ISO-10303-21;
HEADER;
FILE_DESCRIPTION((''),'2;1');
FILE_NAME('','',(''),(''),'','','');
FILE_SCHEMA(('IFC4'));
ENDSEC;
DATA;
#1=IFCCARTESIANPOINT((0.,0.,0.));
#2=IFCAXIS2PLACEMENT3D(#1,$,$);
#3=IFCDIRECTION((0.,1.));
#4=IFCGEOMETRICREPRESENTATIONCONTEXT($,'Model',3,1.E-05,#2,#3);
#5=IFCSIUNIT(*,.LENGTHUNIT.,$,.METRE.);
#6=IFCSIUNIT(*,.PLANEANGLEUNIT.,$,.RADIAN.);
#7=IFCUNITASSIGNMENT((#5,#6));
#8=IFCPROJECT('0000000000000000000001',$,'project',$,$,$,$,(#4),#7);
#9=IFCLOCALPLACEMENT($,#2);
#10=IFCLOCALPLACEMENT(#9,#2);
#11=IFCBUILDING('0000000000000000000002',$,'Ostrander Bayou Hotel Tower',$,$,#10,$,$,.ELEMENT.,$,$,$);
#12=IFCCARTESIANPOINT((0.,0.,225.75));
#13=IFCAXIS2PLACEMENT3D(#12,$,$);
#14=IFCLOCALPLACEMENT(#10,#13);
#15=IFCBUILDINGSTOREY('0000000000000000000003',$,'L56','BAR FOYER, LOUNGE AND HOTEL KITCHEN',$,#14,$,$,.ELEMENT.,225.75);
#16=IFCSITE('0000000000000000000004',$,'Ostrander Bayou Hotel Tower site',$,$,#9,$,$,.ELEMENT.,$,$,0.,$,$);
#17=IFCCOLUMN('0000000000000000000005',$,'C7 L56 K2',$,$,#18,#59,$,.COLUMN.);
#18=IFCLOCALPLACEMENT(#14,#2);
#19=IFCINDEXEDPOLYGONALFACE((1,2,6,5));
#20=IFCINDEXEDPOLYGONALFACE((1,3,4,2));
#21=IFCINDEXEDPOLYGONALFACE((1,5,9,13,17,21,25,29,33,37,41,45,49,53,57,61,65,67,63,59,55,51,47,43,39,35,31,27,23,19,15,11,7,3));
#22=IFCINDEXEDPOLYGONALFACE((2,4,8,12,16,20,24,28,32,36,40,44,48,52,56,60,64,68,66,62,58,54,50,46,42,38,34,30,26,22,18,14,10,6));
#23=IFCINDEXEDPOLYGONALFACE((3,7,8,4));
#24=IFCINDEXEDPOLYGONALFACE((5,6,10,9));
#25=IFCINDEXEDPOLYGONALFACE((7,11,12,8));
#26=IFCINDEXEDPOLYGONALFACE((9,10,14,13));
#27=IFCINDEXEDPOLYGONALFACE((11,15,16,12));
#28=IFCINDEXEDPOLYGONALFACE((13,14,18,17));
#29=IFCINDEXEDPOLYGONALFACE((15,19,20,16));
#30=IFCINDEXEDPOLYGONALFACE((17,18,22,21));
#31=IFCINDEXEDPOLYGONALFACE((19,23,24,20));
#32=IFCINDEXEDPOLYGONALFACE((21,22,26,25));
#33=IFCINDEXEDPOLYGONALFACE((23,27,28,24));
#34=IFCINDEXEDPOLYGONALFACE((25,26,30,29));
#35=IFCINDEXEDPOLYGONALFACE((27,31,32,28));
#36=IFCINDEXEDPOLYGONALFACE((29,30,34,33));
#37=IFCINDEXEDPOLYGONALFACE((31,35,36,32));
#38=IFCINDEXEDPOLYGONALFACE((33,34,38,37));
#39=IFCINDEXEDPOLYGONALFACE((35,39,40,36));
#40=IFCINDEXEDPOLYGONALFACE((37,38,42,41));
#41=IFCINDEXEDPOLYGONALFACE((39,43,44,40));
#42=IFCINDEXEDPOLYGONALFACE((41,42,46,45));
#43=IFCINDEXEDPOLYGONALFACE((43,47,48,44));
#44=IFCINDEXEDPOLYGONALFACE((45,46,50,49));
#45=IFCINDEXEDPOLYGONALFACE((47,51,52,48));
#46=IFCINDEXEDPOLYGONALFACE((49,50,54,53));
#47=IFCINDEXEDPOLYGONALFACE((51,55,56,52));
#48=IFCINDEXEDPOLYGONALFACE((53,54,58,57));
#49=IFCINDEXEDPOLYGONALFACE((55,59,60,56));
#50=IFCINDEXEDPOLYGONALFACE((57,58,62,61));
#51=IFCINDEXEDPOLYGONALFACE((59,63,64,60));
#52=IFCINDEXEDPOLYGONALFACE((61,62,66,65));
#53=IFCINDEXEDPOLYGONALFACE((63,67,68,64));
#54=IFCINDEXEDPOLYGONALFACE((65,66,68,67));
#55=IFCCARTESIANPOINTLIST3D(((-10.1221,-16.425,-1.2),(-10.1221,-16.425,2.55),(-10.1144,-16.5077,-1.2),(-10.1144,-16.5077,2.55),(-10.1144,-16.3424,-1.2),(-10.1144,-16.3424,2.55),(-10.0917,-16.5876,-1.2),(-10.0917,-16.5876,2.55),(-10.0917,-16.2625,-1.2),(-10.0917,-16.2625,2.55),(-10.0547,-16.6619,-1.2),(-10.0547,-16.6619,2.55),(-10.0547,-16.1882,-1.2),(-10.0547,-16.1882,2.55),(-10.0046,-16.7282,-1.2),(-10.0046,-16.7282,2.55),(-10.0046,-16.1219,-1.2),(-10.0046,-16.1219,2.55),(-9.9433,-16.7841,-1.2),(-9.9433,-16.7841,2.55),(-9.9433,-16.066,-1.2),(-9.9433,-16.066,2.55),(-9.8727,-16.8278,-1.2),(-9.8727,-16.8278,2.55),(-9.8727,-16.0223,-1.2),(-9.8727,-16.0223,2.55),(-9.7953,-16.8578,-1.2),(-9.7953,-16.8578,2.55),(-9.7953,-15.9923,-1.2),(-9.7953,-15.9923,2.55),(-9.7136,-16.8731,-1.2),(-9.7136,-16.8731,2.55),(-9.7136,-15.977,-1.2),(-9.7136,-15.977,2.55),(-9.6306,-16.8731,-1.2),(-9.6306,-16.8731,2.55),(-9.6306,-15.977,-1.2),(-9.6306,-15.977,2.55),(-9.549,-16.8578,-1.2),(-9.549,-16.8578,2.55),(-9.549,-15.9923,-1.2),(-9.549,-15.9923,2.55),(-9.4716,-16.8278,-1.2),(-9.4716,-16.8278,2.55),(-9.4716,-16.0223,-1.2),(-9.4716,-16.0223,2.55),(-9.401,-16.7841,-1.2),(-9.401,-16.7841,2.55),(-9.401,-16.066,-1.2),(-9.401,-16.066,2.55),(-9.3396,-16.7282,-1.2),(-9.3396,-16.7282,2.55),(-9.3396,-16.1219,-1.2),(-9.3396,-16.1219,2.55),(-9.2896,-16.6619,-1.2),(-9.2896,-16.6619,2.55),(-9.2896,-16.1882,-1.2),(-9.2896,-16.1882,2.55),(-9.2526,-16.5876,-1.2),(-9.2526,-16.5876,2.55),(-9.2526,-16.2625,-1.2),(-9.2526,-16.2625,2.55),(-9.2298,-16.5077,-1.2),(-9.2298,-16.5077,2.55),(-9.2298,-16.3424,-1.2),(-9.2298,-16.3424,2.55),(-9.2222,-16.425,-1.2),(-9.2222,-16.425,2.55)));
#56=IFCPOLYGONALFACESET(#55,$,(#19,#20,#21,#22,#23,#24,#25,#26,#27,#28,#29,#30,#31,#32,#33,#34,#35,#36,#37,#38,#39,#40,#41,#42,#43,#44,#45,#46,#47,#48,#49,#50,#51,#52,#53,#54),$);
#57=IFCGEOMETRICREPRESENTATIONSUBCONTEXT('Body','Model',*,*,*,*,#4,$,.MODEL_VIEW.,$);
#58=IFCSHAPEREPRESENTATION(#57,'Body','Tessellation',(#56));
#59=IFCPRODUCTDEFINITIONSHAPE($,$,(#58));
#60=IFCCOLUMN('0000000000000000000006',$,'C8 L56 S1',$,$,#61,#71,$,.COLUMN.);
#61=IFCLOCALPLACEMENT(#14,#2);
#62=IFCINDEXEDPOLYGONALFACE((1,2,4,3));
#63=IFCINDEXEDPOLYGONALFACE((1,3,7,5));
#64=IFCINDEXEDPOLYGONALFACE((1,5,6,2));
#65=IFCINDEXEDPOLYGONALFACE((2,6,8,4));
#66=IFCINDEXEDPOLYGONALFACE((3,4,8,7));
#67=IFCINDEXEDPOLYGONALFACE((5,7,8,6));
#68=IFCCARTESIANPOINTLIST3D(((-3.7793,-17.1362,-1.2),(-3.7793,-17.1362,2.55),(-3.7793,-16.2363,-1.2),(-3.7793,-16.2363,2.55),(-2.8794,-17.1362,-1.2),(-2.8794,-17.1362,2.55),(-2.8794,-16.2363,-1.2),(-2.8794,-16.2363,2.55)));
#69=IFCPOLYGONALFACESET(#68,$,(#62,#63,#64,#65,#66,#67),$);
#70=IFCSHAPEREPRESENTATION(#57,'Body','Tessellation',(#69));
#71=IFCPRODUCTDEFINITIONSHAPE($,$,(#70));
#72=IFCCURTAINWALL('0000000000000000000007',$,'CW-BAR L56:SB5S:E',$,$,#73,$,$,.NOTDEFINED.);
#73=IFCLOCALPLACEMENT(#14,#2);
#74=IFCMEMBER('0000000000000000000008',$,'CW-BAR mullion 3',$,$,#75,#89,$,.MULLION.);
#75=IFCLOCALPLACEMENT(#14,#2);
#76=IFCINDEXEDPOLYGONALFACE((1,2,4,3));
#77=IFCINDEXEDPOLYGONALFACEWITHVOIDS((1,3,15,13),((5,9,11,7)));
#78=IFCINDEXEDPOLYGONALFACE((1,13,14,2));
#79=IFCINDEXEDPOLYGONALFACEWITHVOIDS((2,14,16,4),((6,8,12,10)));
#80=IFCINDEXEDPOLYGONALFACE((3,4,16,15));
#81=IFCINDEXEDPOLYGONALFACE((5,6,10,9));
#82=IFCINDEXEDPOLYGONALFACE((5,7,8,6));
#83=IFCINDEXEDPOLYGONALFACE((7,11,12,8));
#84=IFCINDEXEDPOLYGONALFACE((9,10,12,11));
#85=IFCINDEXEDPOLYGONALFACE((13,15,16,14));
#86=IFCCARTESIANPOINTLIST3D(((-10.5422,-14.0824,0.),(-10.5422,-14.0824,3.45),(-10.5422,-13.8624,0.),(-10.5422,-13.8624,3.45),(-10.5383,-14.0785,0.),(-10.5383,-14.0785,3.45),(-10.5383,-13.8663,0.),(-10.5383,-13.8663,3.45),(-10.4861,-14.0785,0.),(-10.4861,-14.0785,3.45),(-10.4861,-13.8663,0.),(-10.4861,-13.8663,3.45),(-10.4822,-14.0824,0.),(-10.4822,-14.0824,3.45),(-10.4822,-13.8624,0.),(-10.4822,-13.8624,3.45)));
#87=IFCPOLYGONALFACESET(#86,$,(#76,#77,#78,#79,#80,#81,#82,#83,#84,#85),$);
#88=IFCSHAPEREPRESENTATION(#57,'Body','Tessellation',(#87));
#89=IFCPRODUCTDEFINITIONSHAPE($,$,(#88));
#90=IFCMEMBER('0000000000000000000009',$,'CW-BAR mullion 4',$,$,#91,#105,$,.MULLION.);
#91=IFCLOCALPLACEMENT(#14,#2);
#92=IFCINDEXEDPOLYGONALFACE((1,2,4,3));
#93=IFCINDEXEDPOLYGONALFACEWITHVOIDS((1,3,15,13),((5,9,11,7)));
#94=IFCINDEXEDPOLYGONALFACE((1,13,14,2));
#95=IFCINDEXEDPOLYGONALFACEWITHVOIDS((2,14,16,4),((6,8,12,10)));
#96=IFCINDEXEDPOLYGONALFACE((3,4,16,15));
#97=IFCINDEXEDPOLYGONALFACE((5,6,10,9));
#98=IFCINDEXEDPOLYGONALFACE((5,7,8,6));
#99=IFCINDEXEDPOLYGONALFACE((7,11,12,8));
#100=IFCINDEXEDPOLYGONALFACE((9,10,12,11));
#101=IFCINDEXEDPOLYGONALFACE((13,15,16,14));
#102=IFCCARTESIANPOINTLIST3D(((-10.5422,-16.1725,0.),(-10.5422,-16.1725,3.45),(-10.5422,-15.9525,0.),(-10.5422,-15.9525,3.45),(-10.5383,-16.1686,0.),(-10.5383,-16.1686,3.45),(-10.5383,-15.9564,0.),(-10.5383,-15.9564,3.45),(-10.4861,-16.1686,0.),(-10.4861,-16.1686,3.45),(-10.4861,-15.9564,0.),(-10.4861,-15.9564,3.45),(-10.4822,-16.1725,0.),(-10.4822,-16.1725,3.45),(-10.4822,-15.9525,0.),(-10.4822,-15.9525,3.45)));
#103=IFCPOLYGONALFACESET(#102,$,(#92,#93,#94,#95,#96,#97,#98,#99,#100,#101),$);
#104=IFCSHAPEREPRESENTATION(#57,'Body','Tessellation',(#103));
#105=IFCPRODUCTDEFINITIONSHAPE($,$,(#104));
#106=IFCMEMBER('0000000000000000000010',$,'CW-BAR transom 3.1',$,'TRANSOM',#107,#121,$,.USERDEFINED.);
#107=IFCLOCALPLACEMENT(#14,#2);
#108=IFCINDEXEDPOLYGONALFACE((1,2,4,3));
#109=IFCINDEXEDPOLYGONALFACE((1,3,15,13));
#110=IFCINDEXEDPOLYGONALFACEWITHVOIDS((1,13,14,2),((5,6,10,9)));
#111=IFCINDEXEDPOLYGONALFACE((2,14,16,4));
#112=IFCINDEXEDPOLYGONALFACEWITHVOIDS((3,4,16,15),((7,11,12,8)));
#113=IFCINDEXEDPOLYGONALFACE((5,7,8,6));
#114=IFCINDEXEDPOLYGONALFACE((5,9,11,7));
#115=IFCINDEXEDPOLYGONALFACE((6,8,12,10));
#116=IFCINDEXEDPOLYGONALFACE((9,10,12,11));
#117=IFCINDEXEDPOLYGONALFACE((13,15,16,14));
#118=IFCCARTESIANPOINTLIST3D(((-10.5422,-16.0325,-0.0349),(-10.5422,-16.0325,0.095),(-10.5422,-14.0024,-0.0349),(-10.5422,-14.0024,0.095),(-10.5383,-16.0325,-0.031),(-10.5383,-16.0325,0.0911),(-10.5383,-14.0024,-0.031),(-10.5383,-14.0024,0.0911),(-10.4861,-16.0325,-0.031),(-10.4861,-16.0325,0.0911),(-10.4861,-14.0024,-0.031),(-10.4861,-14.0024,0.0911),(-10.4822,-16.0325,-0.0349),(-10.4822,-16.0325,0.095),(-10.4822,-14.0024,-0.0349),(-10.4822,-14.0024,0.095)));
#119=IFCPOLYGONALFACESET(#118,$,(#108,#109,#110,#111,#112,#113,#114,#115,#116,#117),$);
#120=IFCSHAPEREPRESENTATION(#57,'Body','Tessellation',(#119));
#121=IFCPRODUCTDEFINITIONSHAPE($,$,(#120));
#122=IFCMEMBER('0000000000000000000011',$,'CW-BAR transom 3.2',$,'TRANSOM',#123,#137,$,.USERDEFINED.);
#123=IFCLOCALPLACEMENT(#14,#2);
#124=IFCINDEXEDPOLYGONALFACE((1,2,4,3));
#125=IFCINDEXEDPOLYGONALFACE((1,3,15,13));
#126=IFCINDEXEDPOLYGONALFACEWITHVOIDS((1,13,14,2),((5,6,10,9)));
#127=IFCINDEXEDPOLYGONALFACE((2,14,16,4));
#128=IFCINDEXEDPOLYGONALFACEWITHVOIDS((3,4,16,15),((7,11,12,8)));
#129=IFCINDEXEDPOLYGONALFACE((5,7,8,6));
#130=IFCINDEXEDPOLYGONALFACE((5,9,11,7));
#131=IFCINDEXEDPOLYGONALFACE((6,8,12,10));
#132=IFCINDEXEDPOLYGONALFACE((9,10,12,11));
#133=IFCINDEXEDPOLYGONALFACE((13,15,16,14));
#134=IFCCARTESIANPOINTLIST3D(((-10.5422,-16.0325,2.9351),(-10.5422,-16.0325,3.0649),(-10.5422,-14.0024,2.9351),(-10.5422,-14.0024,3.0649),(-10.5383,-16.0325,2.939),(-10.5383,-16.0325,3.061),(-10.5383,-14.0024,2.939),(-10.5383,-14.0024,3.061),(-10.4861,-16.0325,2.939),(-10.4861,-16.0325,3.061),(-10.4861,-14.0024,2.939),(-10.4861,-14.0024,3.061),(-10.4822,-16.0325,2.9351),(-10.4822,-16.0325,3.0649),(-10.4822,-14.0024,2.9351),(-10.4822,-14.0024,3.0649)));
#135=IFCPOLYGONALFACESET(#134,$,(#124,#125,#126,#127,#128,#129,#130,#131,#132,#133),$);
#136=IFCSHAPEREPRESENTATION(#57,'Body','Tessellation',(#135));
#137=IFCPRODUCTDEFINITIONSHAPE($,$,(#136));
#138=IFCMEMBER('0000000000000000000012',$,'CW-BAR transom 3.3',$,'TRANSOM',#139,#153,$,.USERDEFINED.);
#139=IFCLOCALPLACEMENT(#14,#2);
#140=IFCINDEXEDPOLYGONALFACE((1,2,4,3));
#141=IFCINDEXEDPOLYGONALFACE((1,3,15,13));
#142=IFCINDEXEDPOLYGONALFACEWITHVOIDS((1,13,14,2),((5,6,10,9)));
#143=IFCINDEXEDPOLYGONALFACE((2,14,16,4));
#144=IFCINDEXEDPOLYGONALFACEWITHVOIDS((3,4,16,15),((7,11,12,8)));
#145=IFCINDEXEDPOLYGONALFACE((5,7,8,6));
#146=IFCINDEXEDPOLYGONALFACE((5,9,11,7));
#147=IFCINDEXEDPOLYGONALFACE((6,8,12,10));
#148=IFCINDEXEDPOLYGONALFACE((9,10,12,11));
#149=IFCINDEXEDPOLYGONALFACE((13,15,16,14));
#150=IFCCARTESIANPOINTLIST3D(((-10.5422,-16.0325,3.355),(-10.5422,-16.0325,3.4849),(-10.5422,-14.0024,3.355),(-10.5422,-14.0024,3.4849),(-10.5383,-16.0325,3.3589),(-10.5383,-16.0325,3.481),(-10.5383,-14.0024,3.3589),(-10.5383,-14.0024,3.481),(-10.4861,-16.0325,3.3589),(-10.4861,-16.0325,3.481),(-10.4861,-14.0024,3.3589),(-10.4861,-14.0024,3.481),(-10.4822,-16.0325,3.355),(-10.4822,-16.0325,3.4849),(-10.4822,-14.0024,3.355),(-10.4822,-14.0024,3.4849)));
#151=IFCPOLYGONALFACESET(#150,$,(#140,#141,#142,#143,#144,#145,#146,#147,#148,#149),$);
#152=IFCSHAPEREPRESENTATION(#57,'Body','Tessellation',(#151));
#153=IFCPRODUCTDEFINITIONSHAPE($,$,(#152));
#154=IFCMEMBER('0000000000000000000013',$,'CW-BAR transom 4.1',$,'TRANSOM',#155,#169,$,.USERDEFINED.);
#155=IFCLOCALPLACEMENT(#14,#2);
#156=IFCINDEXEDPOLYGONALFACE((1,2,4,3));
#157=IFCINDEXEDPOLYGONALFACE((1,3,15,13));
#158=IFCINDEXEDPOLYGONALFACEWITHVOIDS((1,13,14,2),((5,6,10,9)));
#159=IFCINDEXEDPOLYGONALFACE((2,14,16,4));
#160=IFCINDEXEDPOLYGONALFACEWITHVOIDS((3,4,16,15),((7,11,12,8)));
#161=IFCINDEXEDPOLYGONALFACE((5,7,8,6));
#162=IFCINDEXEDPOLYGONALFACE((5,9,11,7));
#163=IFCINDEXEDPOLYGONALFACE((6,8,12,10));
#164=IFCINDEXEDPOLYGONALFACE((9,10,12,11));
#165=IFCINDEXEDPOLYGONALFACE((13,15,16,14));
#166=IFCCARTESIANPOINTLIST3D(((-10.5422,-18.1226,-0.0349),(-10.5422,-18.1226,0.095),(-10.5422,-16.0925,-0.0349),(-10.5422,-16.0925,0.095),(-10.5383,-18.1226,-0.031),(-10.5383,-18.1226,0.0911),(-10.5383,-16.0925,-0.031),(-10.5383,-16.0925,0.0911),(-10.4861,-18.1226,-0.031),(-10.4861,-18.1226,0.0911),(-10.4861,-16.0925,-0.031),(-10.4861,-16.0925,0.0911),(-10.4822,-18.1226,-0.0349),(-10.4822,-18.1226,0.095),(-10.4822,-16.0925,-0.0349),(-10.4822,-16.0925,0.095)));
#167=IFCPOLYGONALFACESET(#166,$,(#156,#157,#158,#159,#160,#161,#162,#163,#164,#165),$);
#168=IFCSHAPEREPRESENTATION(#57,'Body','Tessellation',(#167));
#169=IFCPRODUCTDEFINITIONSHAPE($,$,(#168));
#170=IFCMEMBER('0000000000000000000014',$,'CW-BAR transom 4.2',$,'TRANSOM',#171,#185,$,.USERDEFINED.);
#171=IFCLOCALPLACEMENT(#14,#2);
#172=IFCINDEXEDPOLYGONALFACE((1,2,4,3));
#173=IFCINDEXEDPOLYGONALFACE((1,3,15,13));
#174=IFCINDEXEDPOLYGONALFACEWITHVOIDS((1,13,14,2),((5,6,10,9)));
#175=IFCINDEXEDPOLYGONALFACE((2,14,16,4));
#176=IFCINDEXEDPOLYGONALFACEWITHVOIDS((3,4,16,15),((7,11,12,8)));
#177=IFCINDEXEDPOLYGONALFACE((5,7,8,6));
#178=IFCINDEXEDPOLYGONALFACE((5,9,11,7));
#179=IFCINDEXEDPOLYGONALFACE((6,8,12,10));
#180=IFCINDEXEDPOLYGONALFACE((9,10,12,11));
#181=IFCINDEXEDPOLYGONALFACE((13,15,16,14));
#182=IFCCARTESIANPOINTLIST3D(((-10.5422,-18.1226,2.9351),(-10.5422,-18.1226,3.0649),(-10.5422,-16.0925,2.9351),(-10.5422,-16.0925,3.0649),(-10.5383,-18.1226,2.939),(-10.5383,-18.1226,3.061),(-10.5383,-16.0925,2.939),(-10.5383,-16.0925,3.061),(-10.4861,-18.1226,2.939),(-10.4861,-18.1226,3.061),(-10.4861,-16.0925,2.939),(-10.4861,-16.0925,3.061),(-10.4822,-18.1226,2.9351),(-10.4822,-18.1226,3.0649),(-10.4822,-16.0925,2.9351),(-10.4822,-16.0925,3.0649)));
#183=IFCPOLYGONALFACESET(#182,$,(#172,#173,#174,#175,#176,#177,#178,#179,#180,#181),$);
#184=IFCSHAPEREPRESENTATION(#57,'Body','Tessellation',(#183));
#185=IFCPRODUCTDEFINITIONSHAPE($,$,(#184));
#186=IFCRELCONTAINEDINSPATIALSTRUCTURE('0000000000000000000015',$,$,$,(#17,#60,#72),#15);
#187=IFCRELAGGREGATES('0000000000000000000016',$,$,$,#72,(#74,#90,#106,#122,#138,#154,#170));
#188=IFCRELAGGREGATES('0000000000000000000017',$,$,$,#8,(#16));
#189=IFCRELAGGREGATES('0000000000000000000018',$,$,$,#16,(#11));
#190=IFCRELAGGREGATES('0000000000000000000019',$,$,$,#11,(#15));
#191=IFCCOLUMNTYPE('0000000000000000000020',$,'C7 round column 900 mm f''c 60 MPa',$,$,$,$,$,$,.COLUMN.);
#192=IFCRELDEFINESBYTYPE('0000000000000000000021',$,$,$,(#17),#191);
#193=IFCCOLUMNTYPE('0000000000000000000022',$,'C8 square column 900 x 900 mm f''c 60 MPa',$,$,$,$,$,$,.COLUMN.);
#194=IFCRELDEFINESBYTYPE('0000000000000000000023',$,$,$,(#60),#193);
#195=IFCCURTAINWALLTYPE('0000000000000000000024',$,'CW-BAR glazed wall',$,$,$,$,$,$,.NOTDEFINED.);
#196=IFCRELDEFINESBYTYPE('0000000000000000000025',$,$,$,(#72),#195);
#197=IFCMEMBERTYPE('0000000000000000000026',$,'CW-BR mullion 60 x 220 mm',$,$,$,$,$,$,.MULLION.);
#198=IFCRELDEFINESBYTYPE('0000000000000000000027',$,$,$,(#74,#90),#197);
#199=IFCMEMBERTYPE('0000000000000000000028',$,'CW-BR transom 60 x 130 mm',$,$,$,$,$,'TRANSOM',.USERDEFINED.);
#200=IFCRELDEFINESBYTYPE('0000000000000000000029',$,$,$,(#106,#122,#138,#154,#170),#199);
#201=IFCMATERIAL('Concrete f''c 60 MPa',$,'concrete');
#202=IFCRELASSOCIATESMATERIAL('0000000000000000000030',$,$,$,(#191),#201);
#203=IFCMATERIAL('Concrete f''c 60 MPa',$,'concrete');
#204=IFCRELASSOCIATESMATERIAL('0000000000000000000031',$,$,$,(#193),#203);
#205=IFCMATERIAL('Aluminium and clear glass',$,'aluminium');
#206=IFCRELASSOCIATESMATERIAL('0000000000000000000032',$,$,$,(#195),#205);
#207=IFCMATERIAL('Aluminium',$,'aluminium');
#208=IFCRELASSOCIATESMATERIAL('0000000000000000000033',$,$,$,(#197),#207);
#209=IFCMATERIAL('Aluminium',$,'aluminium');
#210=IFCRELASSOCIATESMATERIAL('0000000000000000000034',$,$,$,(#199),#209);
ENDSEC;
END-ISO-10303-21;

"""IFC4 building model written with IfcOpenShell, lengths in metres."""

from ifc_helpers import new_model, si_unit, direction, frame, origin, origin_2d, place, context, subcontext, project, spatial, rectangle, hollow_rectangle, circle, extrude, material, material_profile, profile_set, type_object, element, aggregate, save


model = new_model("IFC4")

# Units and contexts
model_context = context("Model", 3, precision=1e-05, world=origin(), true_north=direction((0.0, 1.0)))
body_context = subcontext(model_context, "Body", "Model", "MODEL_VIEW")
ifc_project = project(units=[si_unit("LENGTHUNIT", "METRE"), si_unit("PLANEANGLEUNIT", "RADIAN")], contexts=[model_context])

# Site, building, storey
site_placement = place(None, origin())
site = spatial("IfcSite", under=ifc_project, at=site_placement, Name="Ostrander Bayou Hotel Tower site", CompositionType="ELEMENT", RefElevation=0.0)
building_placement = place(site_placement, origin())
building = spatial("IfcBuilding", under=site, at=building_placement, Name="Ostrander Bayou Hotel Tower", CompositionType="ELEMENT")
storey_placement = place(building_placement, frame((0.0, 0.0, 225.75)))
storey = spatial("IfcBuildingStorey", under=building, at=storey_placement, Name="L56", Description="BAR FOYER, LOUNGE AND HOTEL KITCHEN", CompositionType="ELEMENT", Elevation=225.75)

# Columns
ifc_material_1 = material(Name="Concrete f'c 60 MPa", Category="concrete")
ifc_material_profile_1 = material_profile(ifc_material_1, circle(Radius=0.45, at=origin_2d()))
ifc_profile_set_1 = profile_set([ifc_material_profile_1], Name="Concrete f'c 60 MPa")
column_type_1 = type_object("IfcColumnType", Name="C7 round column 900 mm f'c 60 MPa", PredefinedType="COLUMN", material=ifc_profile_set_1)
column_1_placement = place(storey_placement, frame((-9.6721, -16.425, -1.2), z_axis=(0.0, 0.0, 1.0), x_axis=(1.0, 0.0, 0.0)))
element("IfcColumn", 1, at=column_1_placement, inside=storey, type_object=column_type_1, Name="C7 L56 K2", PredefinedType="COLUMN", context=body_context, shape_type="SweptSolid", body=[
    extrude(circle(Radius=0.45, at=origin_2d()), origin(), (0.0, 0.0, 1.0), 3.75),
])
ifc_material_2 = material(Name="Concrete f'c 60 MPa", Category="concrete")
ifc_material_profile_2 = material_profile(ifc_material_2, rectangle(XDim=0.8999, YDim=0.8999, at=origin_2d()))
ifc_profile_set_2 = profile_set([ifc_material_profile_2], Name="Concrete f'c 60 MPa")
column_type_2 = type_object("IfcColumnType", Name="C8 square column 900 x 900 mm f'c 60 MPa", PredefinedType="COLUMN", material=ifc_profile_set_2)
column_2_placement = place(storey_placement, frame((-3.3293, -16.6863, -1.2), z_axis=(0.0, 0.0, 1.0), x_axis=(-1.0, 0.0, 0.0)))
element("IfcColumn", 2, at=column_2_placement, inside=storey, type_object=column_type_2, Name="C8 L56 S1", PredefinedType="COLUMN", context=body_context, shape_type="SweptSolid", body=[
    extrude(rectangle(XDim=0.8999, YDim=0.8999, at=origin_2d()), origin(), (0.0, 0.0, 1.0), 3.75),
])

# Curtain wall, members
ifc_material_3 = material(Name="Aluminium and clear glass", Category="aluminium")
curtain_wall_type_1 = type_object("IfcCurtainWallType", Name="CW-BAR glazed wall", PredefinedType="NOTDEFINED", material=ifc_material_3)
curtain_wall_1_placement = place(storey_placement, origin())
curtain_wall_1 = element("IfcCurtainWall", 3, at=curtain_wall_1_placement, inside=storey, type_object=curtain_wall_type_1, Name="CW-BAR L56:SB5S:E", PredefinedType="NOTDEFINED")
ifc_material_4 = material(Name="Aluminium", Category="aluminium")
ifc_material_profile_3 = material_profile(ifc_material_4, hollow_rectangle(XDim=0.0601, YDim=0.22, WallThickness=0.0039, at=origin_2d()))
ifc_profile_set_3 = profile_set([ifc_material_profile_3], Name="Aluminium")
member_type_1 = type_object("IfcMemberType", Name="CW-BR mullion 60 x 220 mm", PredefinedType="MULLION", material=ifc_profile_set_3)
member_1_placement = place(storey_placement, frame((-10.5122, -13.9724, 0.0), z_axis=(0.0, 0.0, 1.0), x_axis=(1.0, 0.0, 0.0)))
member_1 = element("IfcMember", 4, at=member_1_placement, type_object=member_type_1, Name="CW-BAR mullion 3", PredefinedType="MULLION", context=body_context, shape_type="SweptSolid", body=[
    extrude(hollow_rectangle(XDim=0.0601, YDim=0.22, WallThickness=0.0039, at=origin_2d()), origin(), (0.0, 0.0, 1.0), 3.45),
])
member_2_placement = place(storey_placement, frame((-10.5122, -16.0625, 0.0), z_axis=(0.0, 0.0, 1.0), x_axis=(1.0, 0.0, 0.0)))
member_2 = element("IfcMember", 5, at=member_2_placement, type_object=member_type_1, Name="CW-BAR mullion 4", PredefinedType="MULLION", context=body_context, shape_type="SweptSolid", body=[
    extrude(hollow_rectangle(XDim=0.0601, YDim=0.22, WallThickness=0.0039, at=origin_2d()), origin(), (0.0, 0.0, 1.0), 3.45),
])
ifc_material_5 = material(Name="Aluminium", Category="aluminium")
ifc_material_profile_4 = material_profile(ifc_material_5, hollow_rectangle(XDim=0.0601, YDim=0.1299, WallThickness=0.0039, at=origin_2d()))
ifc_profile_set_4 = profile_set([ifc_material_profile_4], Name="Aluminium")
member_type_2 = type_object("IfcMemberType", Name="CW-BR transom 60 x 130 mm", ElementType="TRANSOM", PredefinedType="USERDEFINED", material=ifc_profile_set_4)
member_3_placement = place(storey_placement, frame((-10.5122, -14.0024, 0.03), z_axis=(0.0, -1.0, 0.0), x_axis=(1.0, 0.0, 0.0)))
member_3 = element("IfcMember", 6, at=member_3_placement, type_object=member_type_2, Name="CW-BAR transom 3.1", ObjectType="TRANSOM", PredefinedType="USERDEFINED", context=body_context, shape_type="SweptSolid", body=[
    extrude(hollow_rectangle(XDim=0.0601, YDim=0.1299, WallThickness=0.0039, at=origin_2d()), origin(), (0.0, 0.0, 1.0), 2.03),
])
member_4_placement = place(storey_placement, frame((-10.5122, -14.0024, 3.0), z_axis=(0.0, -1.0, 0.0), x_axis=(1.0, 0.0, 0.0)))
member_4 = element("IfcMember", 7, at=member_4_placement, type_object=member_type_2, Name="CW-BAR transom 3.2", ObjectType="TRANSOM", PredefinedType="USERDEFINED", context=body_context, shape_type="SweptSolid", body=[
    extrude(hollow_rectangle(XDim=0.0601, YDim=0.1299, WallThickness=0.0039, at=origin_2d()), origin(), (0.0, 0.0, 1.0), 2.03),
])
member_5_placement = place(storey_placement, frame((-10.5122, -14.0024, 3.4199), z_axis=(0.0, -1.0, 0.0), x_axis=(1.0, 0.0, 0.0)))
member_5 = element("IfcMember", 8, at=member_5_placement, type_object=member_type_2, Name="CW-BAR transom 3.3", ObjectType="TRANSOM", PredefinedType="USERDEFINED", context=body_context, shape_type="SweptSolid", body=[
    extrude(hollow_rectangle(XDim=0.0601, YDim=0.1299, WallThickness=0.0039, at=origin_2d()), origin(), (0.0, 0.0, 1.0), 2.03),
])
member_6_placement = place(storey_placement, frame((-10.5122, -16.0925, 0.03), z_axis=(0.0, -1.0, 0.0), x_axis=(1.0, 0.0, 0.0)))
member_6 = element("IfcMember", 9, at=member_6_placement, type_object=member_type_2, Name="CW-BAR transom 4.1", ObjectType="TRANSOM", PredefinedType="USERDEFINED", context=body_context, shape_type="SweptSolid", body=[
    extrude(hollow_rectangle(XDim=0.0601, YDim=0.1299, WallThickness=0.0039, at=origin_2d()), origin(), (0.0, 0.0, 1.0), 2.03),
])
member_7_placement = place(storey_placement, frame((-10.5122, -16.0925, 3.0), z_axis=(0.0, -1.0, 0.0), x_axis=(1.0, 0.0, 0.0)))
member_7 = element("IfcMember", 10, at=member_7_placement, type_object=member_type_2, Name="CW-BAR transom 4.2", ObjectType="TRANSOM", PredefinedType="USERDEFINED", context=body_context, shape_type="SweptSolid", body=[
    extrude(hollow_rectangle(XDim=0.0601, YDim=0.1299, WallThickness=0.0039, at=origin_2d()), origin(), (0.0, 0.0, 1.0), 2.03),
])

aggregate(curtain_wall_1, [member_1, member_2, member_3, member_4, member_5, member_6, member_7])

save(model, "model.ifc")
